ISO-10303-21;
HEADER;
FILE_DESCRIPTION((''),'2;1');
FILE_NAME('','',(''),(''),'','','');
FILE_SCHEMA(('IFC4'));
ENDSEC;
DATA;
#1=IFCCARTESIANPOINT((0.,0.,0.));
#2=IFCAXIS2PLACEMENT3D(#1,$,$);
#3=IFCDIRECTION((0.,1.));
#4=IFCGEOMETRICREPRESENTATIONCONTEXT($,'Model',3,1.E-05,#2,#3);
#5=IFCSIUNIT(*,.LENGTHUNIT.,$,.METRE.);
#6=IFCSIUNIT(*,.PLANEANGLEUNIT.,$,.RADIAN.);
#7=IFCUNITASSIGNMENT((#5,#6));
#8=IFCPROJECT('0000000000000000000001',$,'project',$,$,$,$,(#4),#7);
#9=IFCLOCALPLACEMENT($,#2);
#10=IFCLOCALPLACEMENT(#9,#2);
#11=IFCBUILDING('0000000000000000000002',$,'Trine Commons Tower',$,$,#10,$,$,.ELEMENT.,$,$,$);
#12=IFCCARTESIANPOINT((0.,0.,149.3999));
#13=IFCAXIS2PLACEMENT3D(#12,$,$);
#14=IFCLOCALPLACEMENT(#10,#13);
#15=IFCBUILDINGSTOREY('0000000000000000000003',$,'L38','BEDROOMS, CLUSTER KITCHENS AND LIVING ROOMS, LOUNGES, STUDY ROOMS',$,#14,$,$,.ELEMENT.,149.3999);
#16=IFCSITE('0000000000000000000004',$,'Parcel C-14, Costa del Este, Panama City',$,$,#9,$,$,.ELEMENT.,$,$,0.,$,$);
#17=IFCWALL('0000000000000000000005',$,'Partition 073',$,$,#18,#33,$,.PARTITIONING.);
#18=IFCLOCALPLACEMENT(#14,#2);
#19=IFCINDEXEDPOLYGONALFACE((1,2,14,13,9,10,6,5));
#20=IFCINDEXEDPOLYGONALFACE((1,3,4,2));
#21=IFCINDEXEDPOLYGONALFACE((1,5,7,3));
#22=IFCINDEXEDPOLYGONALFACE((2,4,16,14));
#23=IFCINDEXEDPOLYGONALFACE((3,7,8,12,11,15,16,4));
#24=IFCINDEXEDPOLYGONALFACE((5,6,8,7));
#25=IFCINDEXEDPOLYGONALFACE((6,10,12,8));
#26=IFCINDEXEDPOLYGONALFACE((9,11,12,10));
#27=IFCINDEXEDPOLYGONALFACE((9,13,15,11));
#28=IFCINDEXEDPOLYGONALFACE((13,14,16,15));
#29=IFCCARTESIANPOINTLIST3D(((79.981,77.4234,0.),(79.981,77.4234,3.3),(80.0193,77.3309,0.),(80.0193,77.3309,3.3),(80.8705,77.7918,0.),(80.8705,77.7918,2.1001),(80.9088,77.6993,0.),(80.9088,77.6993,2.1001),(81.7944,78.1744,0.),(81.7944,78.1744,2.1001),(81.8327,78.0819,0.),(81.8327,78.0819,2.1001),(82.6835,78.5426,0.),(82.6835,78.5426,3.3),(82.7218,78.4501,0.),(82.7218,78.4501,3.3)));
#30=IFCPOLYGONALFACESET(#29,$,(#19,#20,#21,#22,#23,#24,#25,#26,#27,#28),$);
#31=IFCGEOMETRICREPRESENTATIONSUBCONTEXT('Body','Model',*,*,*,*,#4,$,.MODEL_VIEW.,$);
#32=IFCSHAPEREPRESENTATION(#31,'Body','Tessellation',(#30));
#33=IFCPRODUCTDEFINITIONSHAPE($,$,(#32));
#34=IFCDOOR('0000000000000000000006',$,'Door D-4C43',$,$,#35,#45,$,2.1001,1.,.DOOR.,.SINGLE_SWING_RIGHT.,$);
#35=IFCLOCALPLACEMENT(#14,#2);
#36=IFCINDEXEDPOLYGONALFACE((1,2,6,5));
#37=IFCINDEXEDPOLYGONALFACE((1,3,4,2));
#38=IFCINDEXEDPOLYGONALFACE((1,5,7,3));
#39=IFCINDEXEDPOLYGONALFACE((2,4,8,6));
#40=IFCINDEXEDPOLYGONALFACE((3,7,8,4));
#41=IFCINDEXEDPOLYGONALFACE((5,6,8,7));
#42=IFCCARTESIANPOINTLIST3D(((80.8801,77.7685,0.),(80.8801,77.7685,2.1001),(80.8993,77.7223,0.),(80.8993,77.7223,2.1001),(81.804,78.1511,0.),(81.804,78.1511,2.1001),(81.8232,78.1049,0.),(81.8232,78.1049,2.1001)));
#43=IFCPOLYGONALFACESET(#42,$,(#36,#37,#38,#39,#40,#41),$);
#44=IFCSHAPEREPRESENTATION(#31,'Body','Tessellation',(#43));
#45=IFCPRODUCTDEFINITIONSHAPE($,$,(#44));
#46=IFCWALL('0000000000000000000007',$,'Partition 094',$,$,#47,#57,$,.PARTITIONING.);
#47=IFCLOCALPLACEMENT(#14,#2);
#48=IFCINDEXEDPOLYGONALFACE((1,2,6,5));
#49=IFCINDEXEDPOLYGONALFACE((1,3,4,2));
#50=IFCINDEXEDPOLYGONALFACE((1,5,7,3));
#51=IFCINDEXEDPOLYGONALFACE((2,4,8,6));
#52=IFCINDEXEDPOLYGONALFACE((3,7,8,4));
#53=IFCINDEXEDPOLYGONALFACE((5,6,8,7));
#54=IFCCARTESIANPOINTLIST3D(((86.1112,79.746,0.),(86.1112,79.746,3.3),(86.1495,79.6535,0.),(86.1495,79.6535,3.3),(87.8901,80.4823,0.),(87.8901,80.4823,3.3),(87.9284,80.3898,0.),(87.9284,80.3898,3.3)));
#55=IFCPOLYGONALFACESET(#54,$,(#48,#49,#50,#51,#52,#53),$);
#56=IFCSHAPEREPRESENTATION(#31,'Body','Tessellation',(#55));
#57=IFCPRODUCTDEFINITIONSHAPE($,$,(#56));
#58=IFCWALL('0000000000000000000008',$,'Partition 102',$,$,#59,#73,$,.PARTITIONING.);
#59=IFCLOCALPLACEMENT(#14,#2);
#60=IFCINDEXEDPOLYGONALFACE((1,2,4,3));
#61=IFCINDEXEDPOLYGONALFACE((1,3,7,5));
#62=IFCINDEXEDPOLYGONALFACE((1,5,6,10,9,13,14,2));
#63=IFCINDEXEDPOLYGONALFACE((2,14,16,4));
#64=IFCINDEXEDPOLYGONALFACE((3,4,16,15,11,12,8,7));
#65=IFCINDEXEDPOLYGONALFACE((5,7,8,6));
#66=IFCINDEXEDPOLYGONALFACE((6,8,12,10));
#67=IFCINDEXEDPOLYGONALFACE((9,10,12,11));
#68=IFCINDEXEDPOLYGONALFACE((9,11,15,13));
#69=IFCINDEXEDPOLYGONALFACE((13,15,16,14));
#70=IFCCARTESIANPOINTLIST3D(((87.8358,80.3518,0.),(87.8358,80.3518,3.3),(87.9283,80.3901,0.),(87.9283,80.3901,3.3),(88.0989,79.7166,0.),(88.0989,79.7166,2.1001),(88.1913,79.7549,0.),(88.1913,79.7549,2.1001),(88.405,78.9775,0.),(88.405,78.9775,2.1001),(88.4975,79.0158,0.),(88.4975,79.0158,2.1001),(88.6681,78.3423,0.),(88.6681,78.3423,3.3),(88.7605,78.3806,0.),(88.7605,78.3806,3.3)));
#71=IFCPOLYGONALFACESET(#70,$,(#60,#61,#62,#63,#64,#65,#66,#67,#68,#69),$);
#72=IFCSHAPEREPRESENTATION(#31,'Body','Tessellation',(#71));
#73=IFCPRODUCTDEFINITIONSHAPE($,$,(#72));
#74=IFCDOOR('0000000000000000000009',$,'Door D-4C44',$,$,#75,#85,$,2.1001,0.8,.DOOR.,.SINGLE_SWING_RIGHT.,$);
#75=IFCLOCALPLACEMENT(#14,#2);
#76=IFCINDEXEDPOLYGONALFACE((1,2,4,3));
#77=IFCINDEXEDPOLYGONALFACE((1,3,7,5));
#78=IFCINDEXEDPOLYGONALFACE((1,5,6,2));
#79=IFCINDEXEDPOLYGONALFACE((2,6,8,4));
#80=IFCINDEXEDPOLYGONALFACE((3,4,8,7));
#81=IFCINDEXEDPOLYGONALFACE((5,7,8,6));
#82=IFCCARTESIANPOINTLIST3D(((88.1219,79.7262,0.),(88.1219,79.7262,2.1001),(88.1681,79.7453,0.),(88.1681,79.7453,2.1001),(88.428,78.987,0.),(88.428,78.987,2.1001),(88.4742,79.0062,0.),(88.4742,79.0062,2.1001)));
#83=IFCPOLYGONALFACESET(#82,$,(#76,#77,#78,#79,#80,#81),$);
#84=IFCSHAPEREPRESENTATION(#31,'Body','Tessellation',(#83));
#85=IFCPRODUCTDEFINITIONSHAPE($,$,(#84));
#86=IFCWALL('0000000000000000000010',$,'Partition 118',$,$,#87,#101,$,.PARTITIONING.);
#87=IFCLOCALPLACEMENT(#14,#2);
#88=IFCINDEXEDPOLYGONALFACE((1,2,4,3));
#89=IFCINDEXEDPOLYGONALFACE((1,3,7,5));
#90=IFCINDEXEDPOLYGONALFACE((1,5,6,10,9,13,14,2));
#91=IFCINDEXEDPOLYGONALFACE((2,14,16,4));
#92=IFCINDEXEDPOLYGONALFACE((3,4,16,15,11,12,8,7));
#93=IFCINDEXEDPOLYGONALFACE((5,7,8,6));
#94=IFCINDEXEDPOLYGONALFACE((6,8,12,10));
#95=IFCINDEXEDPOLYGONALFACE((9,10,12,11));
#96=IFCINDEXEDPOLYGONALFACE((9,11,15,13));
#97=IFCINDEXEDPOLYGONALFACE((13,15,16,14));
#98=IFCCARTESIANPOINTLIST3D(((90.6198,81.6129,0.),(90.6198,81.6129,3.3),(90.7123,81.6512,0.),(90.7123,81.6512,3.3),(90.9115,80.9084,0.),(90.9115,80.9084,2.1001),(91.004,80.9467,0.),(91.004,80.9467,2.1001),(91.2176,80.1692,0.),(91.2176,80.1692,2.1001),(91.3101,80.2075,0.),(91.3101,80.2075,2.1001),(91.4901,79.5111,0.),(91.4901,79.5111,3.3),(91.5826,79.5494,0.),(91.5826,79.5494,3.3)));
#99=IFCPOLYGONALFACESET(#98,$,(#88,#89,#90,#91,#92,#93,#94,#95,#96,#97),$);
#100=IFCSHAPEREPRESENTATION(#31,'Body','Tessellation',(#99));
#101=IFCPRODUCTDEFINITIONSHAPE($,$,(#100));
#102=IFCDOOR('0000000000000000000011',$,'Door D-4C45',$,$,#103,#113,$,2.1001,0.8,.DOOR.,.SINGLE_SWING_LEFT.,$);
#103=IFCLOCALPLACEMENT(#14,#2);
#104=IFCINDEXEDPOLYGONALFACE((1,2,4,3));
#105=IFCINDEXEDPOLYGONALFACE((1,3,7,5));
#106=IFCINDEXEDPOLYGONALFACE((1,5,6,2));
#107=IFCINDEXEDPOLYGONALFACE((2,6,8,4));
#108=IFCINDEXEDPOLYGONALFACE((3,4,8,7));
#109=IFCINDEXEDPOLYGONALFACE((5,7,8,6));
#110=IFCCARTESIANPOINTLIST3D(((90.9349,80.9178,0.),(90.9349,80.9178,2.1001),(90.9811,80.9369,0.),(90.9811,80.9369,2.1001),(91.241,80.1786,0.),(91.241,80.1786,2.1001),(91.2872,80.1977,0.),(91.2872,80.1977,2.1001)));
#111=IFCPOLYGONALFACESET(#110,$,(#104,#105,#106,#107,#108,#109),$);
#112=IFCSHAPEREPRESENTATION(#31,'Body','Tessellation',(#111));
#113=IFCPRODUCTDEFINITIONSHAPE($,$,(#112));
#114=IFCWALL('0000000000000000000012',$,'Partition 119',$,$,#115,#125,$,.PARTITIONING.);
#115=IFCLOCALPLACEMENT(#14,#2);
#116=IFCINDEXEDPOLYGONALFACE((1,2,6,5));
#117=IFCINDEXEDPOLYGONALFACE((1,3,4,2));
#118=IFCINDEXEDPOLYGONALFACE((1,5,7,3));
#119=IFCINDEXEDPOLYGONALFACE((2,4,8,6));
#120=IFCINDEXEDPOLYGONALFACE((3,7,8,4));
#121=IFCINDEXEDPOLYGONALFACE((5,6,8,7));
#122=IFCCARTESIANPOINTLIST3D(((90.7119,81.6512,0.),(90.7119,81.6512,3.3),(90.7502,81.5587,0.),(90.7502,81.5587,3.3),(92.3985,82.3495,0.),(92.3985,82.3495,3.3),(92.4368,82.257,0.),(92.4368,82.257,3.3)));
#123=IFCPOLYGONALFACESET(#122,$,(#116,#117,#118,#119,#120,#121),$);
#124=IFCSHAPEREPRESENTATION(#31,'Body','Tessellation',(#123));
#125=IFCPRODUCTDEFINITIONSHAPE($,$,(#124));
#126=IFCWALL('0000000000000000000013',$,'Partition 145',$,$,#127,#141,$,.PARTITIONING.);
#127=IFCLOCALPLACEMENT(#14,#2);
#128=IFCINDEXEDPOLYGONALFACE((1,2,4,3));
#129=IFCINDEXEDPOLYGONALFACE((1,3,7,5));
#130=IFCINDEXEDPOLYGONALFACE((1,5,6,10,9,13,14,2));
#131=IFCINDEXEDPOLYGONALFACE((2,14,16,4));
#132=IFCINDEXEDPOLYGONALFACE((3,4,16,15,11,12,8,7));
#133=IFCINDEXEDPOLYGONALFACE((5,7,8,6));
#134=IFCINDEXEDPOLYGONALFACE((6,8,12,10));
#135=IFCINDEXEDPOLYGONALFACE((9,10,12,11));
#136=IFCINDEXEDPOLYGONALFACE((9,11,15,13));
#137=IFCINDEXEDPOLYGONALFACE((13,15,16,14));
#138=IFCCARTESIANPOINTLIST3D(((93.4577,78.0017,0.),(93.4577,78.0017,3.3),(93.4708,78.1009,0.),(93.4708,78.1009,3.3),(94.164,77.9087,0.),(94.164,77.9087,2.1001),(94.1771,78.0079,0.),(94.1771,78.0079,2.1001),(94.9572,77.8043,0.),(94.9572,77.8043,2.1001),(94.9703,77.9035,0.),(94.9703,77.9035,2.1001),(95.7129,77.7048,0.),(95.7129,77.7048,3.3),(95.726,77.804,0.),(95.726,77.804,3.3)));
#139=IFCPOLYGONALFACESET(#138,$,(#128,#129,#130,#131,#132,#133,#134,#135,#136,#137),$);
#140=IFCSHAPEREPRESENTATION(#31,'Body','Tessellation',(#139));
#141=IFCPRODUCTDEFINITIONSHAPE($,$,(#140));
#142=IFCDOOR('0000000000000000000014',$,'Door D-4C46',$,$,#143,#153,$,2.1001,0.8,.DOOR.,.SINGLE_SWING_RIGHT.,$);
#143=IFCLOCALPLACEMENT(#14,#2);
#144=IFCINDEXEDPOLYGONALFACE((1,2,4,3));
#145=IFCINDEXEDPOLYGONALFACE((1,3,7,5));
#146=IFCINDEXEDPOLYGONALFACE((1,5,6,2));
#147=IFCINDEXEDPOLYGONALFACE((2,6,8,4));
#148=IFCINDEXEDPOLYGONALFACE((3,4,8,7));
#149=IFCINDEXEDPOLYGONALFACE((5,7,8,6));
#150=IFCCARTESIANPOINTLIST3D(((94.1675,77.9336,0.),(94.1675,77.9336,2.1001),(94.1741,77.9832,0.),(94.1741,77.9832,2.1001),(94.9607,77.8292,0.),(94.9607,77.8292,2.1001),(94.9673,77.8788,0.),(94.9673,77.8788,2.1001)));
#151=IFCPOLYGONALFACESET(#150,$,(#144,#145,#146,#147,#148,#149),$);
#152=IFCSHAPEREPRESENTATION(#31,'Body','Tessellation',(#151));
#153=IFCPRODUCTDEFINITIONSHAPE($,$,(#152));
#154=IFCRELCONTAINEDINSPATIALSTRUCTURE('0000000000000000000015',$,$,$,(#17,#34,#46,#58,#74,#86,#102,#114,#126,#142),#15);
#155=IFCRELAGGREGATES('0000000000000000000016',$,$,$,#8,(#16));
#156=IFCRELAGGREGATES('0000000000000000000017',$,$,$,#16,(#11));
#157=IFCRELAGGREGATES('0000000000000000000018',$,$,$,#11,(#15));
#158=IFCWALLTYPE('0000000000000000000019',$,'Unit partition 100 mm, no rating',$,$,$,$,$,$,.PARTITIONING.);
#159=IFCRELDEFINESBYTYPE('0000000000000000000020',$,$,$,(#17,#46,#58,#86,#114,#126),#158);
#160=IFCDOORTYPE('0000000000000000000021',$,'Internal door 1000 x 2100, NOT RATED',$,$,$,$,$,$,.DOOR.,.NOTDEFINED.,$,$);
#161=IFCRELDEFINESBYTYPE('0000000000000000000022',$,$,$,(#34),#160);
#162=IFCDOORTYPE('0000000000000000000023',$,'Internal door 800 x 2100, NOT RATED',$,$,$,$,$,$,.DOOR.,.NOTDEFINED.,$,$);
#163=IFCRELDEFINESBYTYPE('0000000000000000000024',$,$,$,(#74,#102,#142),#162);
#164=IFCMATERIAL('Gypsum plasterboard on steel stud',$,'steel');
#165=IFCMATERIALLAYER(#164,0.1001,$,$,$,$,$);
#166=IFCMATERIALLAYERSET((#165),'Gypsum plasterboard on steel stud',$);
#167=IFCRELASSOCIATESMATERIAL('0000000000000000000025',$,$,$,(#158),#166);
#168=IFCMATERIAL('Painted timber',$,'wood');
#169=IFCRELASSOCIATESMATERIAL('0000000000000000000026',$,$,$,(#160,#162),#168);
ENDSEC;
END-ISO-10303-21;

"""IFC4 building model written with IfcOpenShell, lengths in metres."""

from ifc_helpers import new_model, si_unit, direction, frame, frame_2d, origin, place, context, subcontext, project, spatial, rectangle, extrude, material, layer, layer_set, type_object, element, fill, save


model = new_model("IFC4")

# Units and contexts
model_context = context("Model", 3, precision=1e-05, world=origin(), true_north=direction((0.0, 1.0)))
body_context = subcontext(model_context, "Body", "Model", "MODEL_VIEW")
ifc_project = project(units=[si_unit("LENGTHUNIT", "METRE"), si_unit("PLANEANGLEUNIT", "RADIAN")], contexts=[model_context])

# Site, building, storey
site_placement = place(None, origin())
site = spatial("IfcSite", under=ifc_project, at=site_placement, Name="Parcel C-14, Costa del Este, Panama City", CompositionType="ELEMENT", RefElevation=0.0)
building_placement = place(site_placement, origin())
building = spatial("IfcBuilding", under=site, at=building_placement, Name="Trine Commons Tower", CompositionType="ELEMENT")
storey_placement = place(building_placement, frame((0.0, 0.0, 149.3999)))
storey = spatial("IfcBuildingStorey", under=building, at=storey_placement, Name="L38", Description="BEDROOMS, CLUSTER KITCHENS AND LIVING ROOMS, LOUNGES, STUDY ROOMS", CompositionType="ELEMENT", Elevation=149.3999)

# Shared definitions
ifc_material_1 = material(Name="Gypsum plasterboard on steel stud", Category="steel")

# Shared definitions
ifc_material_2 = material(Name="Painted timber", Category="wood")

# Shared definitions
ifc_layer_1 = layer(ifc_material_1, 0.1001)
ifc_layer_set_1 = layer_set([ifc_layer_1], Name="Gypsum plasterboard on steel stud")
wall_type_1 = type_object("IfcWallType", Name="Unit partition 100 mm, no rating", PredefinedType="PARTITIONING", material=ifc_layer_set_1)

# Wall, opening, door
wall_1_placement = place(storey_placement, frame((80.0002, 77.3772, 0.0), z_axis=(0.0, 0.0, 1.0), x_axis=(0.923907, 0.382617, 0.0)))
wall_1 = element("IfcWall", 1, at=wall_1_placement, inside=storey, type_object=wall_type_1, Name="Partition 073", PredefinedType="PARTITIONING", context=body_context, shape_type="SweptSolid", body=[
    extrude(rectangle(XDim=2.925, YDim=0.1001, at=frame_2d((1.4624, 0.0))), origin(), (0.0, 0.0, 1.0), 3.3),
])
opening_1_placement = place(wall_1_placement, frame((0.9626, 0.0, 0.0)))
opening_1 = element("IfcOpeningElement", 2, at=opening_1_placement, cuts=wall_1, PredefinedType="OPENING", context=body_context, shape_type="SweptSolid", body=[
    extrude(rectangle(XDim=1.0, YDim=2.1001, at=frame_2d((0.5, 1.05))), frame((0.0, 0.0601, 0.0), z_axis=(0.0, -1.0, 0.0), x_axis=(1.0, 0.0, 0.0)), (0.0, 0.0, 1.0), 0.1201),
])
door_type_1 = type_object("IfcDoorType", Name="Internal door 1000 x 2100, NOT RATED", OperationType="NOTDEFINED", PredefinedType="DOOR", material=ifc_material_2)
door_1_placement = place(opening_1_placement, origin())
door_1 = element("IfcDoor", 3, at=door_1_placement, inside=storey, type_object=door_type_1, Name="Door D-4C43", OperationType="SINGLE_SWING_RIGHT", OverallHeight=2.1001, OverallWidth=1.0, PredefinedType="DOOR", context=body_context, shape_type="SweptSolid", body=[
    extrude(rectangle(XDim=1.0, YDim=2.1001, at=frame_2d((0.5, 1.05))), frame((0.0, 0.0249, 0.0), z_axis=(0.0, -1.0, 0.0), x_axis=(1.0, 0.0, 0.0)), (0.0, 0.0, 1.0), 0.05),
])
fill(opening_1, door_1)

# Wall
wall_2_placement = place(storey_placement, frame((86.1304, 79.6997, 0.0), z_axis=(0.0, 0.0, 1.0), x_axis=(0.923967, 0.382471, 0.0)))
element("IfcWall", 4, at=wall_2_placement, inside=storey, type_object=wall_type_1, Name="Partition 094", PredefinedType="PARTITIONING", context=body_context, shape_type="SweptSolid", body=[
    extrude(rectangle(XDim=1.9253, YDim=0.1001, at=frame_2d((0.9626, 0.0))), origin(), (0.0, 0.0, 1.0), 3.3),
])

# Walls, openings, doors
wall_3_placement = place(storey_placement, frame((87.8821, 80.3708, 0.0), z_axis=(0.0, 0.0, 1.0), x_axis=(0.382646, -0.923895, 0.0)))
wall_3 = element("IfcWall", 5, at=wall_3_placement, inside=storey, type_object=wall_type_1, Name="Partition 102", PredefinedType="PARTITIONING", context=body_context, shape_type="SweptSolid", body=[
    extrude(rectangle(XDim=2.175, YDim=0.1001, at=frame_2d((1.0874, 0.0))), origin(), (0.0, 0.0, 1.0), 3.3),
])
opening_2_placement = place(wall_3_placement, frame((0.6875, 0.0, 0.0)))
opening_2 = element("IfcOpeningElement", 6, at=opening_2_placement, cuts=wall_3, PredefinedType="OPENING", context=body_context, shape_type="SweptSolid", body=[
    extrude(rectangle(XDim=0.8, YDim=2.1001, at=frame_2d((0.3999, 1.05))), frame((0.0, 0.0601, 0.0), z_axis=(0.0, -1.0, 0.0), x_axis=(1.0, 0.0, 0.0)), (0.0, 0.0, 1.0), 0.1201),
])
door_type_2 = type_object("IfcDoorType", Name="Internal door 800 x 2100, NOT RATED", OperationType="NOTDEFINED", PredefinedType="DOOR", material=ifc_material_2)
door_2_placement = place(opening_2_placement, origin())
door_2 = element("IfcDoor", 7, at=door_2_placement, inside=storey, type_object=door_type_2, Name="Door D-4C44", OperationType="SINGLE_SWING_RIGHT", OverallHeight=2.1001, OverallWidth=0.8, PredefinedType="DOOR", context=body_context, shape_type="SweptSolid", body=[
    extrude(rectangle(XDim=0.8, YDim=2.1001, at=frame_2d((0.3999, 1.05))), frame((0.0, 0.0249, 0.0), z_axis=(0.0, -1.0, 0.0), x_axis=(1.0, 0.0, 0.0)), (0.0, 0.0, 1.0), 0.05),
])
fill(opening_2, door_2)
wall_4_placement = place(storey_placement, frame((90.666, 81.6321, 0.0), z_axis=(0.0, 0.0, 1.0), x_axis=(0.382595, -0.923916, 0.0)))
wall_4 = element("IfcWall", 8, at=wall_4_placement, inside=storey, type_object=wall_type_1, Name="Partition 118", PredefinedType="PARTITIONING", context=body_context, shape_type="SweptSolid", body=[
    extrude(rectangle(XDim=2.2749, YDim=0.1001, at=frame_2d((1.1375, 0.0))), origin(), (0.0, 0.0, 1.0), 3.3),
])
opening_3_placement = place(wall_4_placement, frame((0.7627, 0.0, 0.0)))
opening_3 = element("IfcOpeningElement", 9, at=opening_3_placement, cuts=wall_4, PredefinedType="OPENING", context=body_context, shape_type="SweptSolid", body=[
    extrude(rectangle(XDim=0.8, YDim=2.1001, at=frame_2d((0.3999, 1.05))), frame((0.0, 0.0601, 0.0), z_axis=(0.0, -1.0, 0.0), x_axis=(1.0, 0.0, 0.0)), (0.0, 0.0, 1.0), 0.1201),
])
door_3_placement = place(opening_3_placement, frame((0.8, 0.0, 0.0), z_axis=(0.0, 0.0, 1.0), x_axis=(-1.0, 0.0, 0.0)))
door_3 = element("IfcDoor", 10, at=door_3_placement, inside=storey, type_object=door_type_2, Name="Door D-4C45", OperationType="SINGLE_SWING_LEFT", OverallHeight=2.1001, OverallWidth=0.8, PredefinedType="DOOR", context=body_context, shape_type="SweptSolid", body=[
    extrude(rectangle(XDim=0.8, YDim=2.1001, at=frame_2d((0.3999, 1.05))), frame((0.0, 0.0249, 0.0), z_axis=(0.0, -1.0, 0.0), x_axis=(1.0, 0.0, 0.0)), (0.0, 0.0, 1.0), 0.05),
])
fill(opening_3, door_3)

# Wall
wall_5_placement = place(storey_placement, frame((90.7312, 81.605, 0.0), z_axis=(0.0, 0.0, 1.0), x_axis=(0.923945, 0.382525, 0.0)))
element("IfcWall", 11, at=wall_5_placement, inside=storey, type_object=wall_type_1, Name="Partition 119", PredefinedType="PARTITIONING", context=body_context, shape_type="SweptSolid", body=[
    extrude(rectangle(XDim=1.8254, YDim=0.1001, at=frame_2d((0.9126, 0.0))), origin(), (0.0, 0.0, 1.0), 3.3),
])

# Wall, opening, door
wall_6_placement = place(storey_placement, frame((93.4644, 78.0513, 0.0), z_axis=(0.0, 0.0, 1.0), x_axis=(0.991446, -0.130518, 0.0)))
wall_6 = element("IfcWall", 12, at=wall_6_placement, inside=storey, type_object=wall_type_1, Name="Partition 145", PredefinedType="PARTITIONING", context=body_context, shape_type="SweptSolid", body=[
    extrude(rectangle(XDim=2.2747, YDim=0.1001, at=frame_2d((1.1372, 0.0))), origin(), (0.0, 0.0, 1.0), 3.3),
])
opening_4_placement = place(wall_6_placement, frame((0.7124, 0.0, 0.0)))
opening_4 = element("IfcOpeningElement", 13, at=opening_4_placement, cuts=wall_6, PredefinedType="OPENING", context=body_context, shape_type="SweptSolid", body=[
    extrude(rectangle(XDim=0.8, YDim=2.1001, at=frame_2d((0.3999, 1.05))), frame((0.0, 0.0601, 0.0), z_axis=(0.0, -1.0, 0.0), x_axis=(1.0, 0.0, 0.0)), (0.0, 0.0, 1.0), 0.1201),
])
door_4_placement = place(opening_4_placement, frame((0.8, 0.0, 0.0), z_axis=(0.0, 0.0, 1.0), x_axis=(-1.0, 0.0, 0.0)))
door_4 = element("IfcDoor", 14, at=door_4_placement, inside=storey, type_object=door_type_2, Name="Door D-4C46", OperationType="SINGLE_SWING_RIGHT", OverallHeight=2.1001, OverallWidth=0.8, PredefinedType="DOOR", context=body_context, shape_type="SweptSolid", body=[
    extrude(rectangle(XDim=0.8, YDim=2.1001, at=frame_2d((0.3999, 1.05))), frame((0.0, 0.0249, 0.0), z_axis=(0.0, -1.0, 0.0), x_axis=(1.0, 0.0, 0.0)), (0.0, 0.0, 1.0), 0.05),
])
fill(opening_4, door_4)

save(model, "model.ifc")
